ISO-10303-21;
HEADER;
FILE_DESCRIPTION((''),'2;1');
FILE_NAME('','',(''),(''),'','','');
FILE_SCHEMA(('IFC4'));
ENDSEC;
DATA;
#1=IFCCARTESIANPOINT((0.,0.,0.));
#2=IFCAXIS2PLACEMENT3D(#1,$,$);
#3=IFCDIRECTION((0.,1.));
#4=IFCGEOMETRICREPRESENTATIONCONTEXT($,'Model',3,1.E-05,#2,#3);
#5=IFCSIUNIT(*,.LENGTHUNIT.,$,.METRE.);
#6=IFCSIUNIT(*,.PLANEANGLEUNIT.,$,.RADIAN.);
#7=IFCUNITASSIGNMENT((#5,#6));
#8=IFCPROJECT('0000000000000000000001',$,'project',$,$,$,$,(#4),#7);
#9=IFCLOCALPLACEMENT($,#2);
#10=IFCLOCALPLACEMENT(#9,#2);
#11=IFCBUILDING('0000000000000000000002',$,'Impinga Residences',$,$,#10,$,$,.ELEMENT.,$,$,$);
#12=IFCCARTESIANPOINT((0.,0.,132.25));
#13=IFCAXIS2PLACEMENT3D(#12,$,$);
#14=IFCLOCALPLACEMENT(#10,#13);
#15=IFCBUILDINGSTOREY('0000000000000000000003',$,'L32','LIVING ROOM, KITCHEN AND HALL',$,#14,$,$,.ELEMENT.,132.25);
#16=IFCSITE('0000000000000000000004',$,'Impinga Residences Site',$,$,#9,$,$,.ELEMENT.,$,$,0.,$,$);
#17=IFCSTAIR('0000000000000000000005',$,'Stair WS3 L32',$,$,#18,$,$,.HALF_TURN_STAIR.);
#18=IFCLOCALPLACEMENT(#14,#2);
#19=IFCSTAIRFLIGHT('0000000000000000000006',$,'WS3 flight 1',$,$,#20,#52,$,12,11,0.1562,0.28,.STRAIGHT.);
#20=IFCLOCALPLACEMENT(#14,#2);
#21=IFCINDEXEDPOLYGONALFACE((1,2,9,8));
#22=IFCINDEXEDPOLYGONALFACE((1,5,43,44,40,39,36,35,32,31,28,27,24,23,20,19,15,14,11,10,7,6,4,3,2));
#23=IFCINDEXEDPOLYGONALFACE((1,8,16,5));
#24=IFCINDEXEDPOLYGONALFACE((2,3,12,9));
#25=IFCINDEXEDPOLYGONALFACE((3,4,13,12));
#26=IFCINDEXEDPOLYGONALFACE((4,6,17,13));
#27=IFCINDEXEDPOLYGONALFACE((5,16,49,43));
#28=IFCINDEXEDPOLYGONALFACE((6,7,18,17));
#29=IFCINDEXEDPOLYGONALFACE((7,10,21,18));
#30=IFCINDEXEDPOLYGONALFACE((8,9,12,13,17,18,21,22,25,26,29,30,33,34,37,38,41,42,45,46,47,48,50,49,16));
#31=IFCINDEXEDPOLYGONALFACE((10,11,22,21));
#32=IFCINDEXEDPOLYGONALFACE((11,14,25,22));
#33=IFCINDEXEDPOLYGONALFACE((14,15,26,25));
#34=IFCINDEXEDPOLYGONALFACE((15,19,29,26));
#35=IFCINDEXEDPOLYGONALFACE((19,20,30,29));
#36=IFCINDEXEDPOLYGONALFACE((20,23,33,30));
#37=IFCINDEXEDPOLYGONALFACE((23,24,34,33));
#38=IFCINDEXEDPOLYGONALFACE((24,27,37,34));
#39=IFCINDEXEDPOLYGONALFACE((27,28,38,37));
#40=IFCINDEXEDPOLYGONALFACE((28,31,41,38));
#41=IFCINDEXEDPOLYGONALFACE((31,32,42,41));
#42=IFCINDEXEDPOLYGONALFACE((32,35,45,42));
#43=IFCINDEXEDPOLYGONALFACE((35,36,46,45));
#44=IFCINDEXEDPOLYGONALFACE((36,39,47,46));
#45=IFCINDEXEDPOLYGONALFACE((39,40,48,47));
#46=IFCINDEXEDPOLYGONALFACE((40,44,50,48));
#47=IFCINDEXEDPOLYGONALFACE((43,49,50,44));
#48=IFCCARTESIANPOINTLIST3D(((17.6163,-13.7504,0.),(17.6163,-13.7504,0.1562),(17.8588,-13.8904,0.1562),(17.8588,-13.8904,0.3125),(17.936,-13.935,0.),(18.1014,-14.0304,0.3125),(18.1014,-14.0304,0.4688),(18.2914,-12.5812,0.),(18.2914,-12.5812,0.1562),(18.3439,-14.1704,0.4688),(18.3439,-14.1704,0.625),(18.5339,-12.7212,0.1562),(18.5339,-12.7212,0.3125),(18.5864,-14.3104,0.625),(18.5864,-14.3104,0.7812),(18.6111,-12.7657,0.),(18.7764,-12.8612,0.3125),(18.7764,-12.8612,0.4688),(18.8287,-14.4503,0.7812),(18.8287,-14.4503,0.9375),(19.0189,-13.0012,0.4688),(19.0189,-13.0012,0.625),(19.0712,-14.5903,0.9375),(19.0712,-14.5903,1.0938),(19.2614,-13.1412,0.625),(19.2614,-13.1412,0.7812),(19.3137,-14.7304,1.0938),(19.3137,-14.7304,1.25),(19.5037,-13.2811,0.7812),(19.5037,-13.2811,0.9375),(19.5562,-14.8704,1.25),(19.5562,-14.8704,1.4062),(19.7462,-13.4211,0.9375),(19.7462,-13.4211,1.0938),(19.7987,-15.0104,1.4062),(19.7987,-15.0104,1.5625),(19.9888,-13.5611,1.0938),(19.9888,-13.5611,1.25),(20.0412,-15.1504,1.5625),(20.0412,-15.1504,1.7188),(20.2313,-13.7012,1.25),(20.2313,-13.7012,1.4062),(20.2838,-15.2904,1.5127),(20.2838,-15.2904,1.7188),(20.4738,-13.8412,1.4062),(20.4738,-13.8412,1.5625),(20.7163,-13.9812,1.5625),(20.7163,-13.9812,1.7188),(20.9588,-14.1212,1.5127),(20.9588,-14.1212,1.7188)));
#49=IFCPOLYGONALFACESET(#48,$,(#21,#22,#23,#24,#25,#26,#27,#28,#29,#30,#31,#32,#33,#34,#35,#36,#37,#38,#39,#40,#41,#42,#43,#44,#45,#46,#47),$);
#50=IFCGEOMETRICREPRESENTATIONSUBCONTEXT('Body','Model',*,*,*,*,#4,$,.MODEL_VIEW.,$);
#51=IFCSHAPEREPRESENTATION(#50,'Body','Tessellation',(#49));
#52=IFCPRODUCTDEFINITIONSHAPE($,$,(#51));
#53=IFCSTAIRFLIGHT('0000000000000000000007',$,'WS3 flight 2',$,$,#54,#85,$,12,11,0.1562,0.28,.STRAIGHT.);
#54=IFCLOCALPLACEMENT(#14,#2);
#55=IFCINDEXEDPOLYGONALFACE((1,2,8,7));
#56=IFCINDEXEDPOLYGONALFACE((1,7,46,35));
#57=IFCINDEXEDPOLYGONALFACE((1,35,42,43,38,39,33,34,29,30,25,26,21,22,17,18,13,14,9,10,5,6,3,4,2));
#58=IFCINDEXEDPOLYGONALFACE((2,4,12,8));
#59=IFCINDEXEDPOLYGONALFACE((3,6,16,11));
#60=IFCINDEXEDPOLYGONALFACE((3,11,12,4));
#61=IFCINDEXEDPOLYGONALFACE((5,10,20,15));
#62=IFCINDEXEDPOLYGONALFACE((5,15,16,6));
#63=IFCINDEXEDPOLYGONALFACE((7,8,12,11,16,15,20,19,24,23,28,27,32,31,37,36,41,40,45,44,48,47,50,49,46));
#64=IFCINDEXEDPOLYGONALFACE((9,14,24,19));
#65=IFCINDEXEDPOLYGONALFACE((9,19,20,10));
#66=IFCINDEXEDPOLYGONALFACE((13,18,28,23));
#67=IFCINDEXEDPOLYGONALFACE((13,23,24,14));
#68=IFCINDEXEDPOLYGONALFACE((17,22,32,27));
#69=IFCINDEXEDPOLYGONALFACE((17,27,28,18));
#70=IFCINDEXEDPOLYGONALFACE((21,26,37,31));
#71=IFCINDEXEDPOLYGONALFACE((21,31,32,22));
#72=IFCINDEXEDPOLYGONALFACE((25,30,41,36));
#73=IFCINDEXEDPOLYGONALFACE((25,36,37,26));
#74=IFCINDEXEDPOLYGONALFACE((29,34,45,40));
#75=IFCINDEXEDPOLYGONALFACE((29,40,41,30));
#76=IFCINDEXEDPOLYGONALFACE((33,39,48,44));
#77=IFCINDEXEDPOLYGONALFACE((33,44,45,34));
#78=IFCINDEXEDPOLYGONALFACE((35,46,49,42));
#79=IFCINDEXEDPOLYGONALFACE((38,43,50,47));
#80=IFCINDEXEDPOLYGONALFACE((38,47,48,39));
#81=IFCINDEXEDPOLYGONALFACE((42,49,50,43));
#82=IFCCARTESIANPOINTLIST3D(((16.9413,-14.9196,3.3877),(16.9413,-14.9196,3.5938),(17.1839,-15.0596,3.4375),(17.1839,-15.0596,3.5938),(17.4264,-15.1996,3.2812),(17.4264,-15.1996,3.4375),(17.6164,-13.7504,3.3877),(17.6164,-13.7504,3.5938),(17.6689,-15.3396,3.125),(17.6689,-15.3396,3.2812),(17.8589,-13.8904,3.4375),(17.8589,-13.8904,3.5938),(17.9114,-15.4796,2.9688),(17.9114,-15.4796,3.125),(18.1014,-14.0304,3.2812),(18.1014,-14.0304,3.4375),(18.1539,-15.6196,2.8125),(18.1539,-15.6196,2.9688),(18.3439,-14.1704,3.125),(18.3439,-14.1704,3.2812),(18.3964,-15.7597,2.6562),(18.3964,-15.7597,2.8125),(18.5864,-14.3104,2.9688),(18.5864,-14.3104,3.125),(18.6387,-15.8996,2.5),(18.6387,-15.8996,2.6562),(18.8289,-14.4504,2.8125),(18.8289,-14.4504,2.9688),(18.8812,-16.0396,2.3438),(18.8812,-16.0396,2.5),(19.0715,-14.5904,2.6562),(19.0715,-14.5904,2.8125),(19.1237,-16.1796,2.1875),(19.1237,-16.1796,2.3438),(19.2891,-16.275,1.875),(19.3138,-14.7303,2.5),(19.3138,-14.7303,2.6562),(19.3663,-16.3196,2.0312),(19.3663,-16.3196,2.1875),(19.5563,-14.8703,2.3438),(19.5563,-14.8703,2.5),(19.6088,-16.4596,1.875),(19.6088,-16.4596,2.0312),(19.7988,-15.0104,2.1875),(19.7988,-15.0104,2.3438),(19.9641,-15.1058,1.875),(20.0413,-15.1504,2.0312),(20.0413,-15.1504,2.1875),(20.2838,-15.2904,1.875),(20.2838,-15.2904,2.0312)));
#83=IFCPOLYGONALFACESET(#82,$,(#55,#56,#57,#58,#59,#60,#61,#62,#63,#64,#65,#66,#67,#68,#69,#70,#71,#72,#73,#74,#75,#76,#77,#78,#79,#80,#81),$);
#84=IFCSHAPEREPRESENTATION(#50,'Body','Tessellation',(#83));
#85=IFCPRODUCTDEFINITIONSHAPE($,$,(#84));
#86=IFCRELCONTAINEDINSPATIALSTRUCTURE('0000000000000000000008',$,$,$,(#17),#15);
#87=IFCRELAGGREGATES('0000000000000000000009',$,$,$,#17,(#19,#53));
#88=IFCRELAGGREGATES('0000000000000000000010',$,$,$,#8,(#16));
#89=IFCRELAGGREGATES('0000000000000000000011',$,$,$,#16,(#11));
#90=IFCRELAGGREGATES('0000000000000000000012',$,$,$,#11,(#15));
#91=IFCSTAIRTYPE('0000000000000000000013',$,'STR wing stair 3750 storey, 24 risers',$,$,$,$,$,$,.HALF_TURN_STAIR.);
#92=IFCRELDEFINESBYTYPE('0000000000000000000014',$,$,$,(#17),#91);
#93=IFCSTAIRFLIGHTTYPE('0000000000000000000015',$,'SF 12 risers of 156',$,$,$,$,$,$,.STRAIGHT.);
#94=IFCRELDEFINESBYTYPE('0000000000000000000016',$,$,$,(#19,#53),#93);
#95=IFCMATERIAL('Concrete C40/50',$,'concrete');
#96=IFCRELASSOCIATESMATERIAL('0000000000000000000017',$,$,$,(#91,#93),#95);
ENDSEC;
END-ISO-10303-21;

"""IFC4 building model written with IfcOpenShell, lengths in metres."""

from ifc_helpers import new_model, si_unit, direction, frame, origin, place, context, subcontext, project, spatial, polyline, outline, extrude, material, type_object, element, aggregate, save


model = new_model("IFC4")

# Units and contexts
model_context = context("Model", 3, precision=1e-05, world=origin(), true_north=direction((0.0, 1.0)))
body_context = subcontext(model_context, "Body", "Model", "MODEL_VIEW")
ifc_project = project(units=[si_unit("LENGTHUNIT", "METRE"), si_unit("PLANEANGLEUNIT", "RADIAN")], contexts=[model_context])

# Site, building, storey
site_placement = place(None, origin())
site = spatial("IfcSite", under=ifc_project, at=site_placement, Name="Impinga Residences Site", CompositionType="ELEMENT", RefElevation=0.0)
building_placement = place(site_placement, origin())
building = spatial("IfcBuilding", under=site, at=building_placement, Name="Impinga Residences", CompositionType="ELEMENT")
storey_placement = place(building_placement, frame((0.0, 0.0, 132.25)))
storey = spatial("IfcBuildingStorey", under=building, at=storey_placement, Name="L32", Description="LIVING ROOM, KITCHEN AND HALL", CompositionType="ELEMENT", Elevation=132.25)

# Stair, stair flights
ifc_material_1 = material(Name="Concrete C40/50", Category="concrete")
stair_type = type_object("IfcStairType", Name="STR wing stair 3750 storey, 24 risers", PredefinedType="HALF_TURN_STAIR", material=ifc_material_1)
stair_placement = place(storey_placement, origin())
stair = element("IfcStair", 1, at=stair_placement, inside=storey, type_object=stair_type, Name="Stair WS3 L32", PredefinedType="HALF_TURN_STAIR")
stair_flight_type = type_object("IfcStairFlightType", Name="SF 12 risers of 156", PredefinedType="STRAIGHT", material=ifc_material_1)
stair_flight_1_placement = place(storey_placement, frame((17.9539, -13.1658, 0.0), z_axis=(0.0, 0.0, 1.0), x_axis=(0.866025, -0.5, 0.0)))
stair_flight_1 = element("IfcStairFlight", 2, at=stair_flight_1_placement, type_object=stair_flight_type, Name="WS3 flight 1", NumberOfRisers=12, NumberOfTreads=11, PredefinedType="STRAIGHT", RiserHeight=0.1562, TreadLength=0.28, context=body_context, shape_type="SweptSolid", body=[
    extrude(outline(polyline([(0.0, 0.0), (0.0, 0.1562), (0.28, 0.1562), (0.28, 0.3125), (0.5601, 0.3125), (0.5601, 0.4688), (0.8401, 0.4688), (0.8401, 0.625), (1.1201, 0.625), (1.1201, 0.7812), (1.3999, 0.7812), (1.3999, 0.9375), (1.6799, 0.9375), (1.6799, 1.0938), (1.96, 1.0938), (1.96, 1.25), (2.24, 1.25), (2.24, 1.4062), (2.52, 1.4062), (2.52, 1.5625), (2.8, 1.5625), (2.8, 1.7188), (3.0801, 1.7188), (3.0801, 1.875), (3.0801, 1.5127), (0.3691, 0.0), (0.0, 0.0)])), frame((0.0, 0.675, 0.0), z_axis=(0.0, -1.0, 0.0), x_axis=(1.0, 0.0, 0.0)), (0.0, 0.0, 1.0), 1.3501),
])
stair_flight_2_placement = place(storey_placement, frame((19.9463, -15.875, 1.875), z_axis=(0.0, 0.0, 1.0), x_axis=(-0.866025, 0.5, 0.0)))
stair_flight_2 = element("IfcStairFlight", 3, at=stair_flight_2_placement, type_object=stair_flight_type, Name="WS3 flight 2", NumberOfRisers=12, NumberOfTreads=11, PredefinedType="STRAIGHT", RiserHeight=0.1562, TreadLength=0.28, context=body_context, shape_type="SweptSolid", body=[
    extrude(outline(polyline([(0.0, 0.0), (0.0, 0.1562), (0.28, 0.1562), (0.28, 0.3125), (0.5601, 0.3125), (0.5601, 0.4688), (0.8401, 0.4688), (0.8401, 0.625), (1.1201, 0.625), (1.1201, 0.7812), (1.3999, 0.7812), (1.3999, 0.9375), (1.6799, 0.9375), (1.6799, 1.0938), (1.96, 1.0938), (1.96, 1.25), (2.24, 1.25), (2.24, 1.4062), (2.52, 1.4062), (2.52, 1.5625), (2.8, 1.5625), (2.8, 1.7188), (3.0801, 1.7188), (3.0801, 1.875), (3.0801, 1.5127), (0.3691, 0.0), (0.0, 0.0)])), frame((0.0, 0.675, 0.0), z_axis=(0.0, -1.0, 0.0), x_axis=(1.0, 0.0, 0.0)), (0.0, 0.0, 1.0), 1.3501),
])
aggregate(stair, [stair_flight_1, stair_flight_2])

save(model, "model.ifc")
